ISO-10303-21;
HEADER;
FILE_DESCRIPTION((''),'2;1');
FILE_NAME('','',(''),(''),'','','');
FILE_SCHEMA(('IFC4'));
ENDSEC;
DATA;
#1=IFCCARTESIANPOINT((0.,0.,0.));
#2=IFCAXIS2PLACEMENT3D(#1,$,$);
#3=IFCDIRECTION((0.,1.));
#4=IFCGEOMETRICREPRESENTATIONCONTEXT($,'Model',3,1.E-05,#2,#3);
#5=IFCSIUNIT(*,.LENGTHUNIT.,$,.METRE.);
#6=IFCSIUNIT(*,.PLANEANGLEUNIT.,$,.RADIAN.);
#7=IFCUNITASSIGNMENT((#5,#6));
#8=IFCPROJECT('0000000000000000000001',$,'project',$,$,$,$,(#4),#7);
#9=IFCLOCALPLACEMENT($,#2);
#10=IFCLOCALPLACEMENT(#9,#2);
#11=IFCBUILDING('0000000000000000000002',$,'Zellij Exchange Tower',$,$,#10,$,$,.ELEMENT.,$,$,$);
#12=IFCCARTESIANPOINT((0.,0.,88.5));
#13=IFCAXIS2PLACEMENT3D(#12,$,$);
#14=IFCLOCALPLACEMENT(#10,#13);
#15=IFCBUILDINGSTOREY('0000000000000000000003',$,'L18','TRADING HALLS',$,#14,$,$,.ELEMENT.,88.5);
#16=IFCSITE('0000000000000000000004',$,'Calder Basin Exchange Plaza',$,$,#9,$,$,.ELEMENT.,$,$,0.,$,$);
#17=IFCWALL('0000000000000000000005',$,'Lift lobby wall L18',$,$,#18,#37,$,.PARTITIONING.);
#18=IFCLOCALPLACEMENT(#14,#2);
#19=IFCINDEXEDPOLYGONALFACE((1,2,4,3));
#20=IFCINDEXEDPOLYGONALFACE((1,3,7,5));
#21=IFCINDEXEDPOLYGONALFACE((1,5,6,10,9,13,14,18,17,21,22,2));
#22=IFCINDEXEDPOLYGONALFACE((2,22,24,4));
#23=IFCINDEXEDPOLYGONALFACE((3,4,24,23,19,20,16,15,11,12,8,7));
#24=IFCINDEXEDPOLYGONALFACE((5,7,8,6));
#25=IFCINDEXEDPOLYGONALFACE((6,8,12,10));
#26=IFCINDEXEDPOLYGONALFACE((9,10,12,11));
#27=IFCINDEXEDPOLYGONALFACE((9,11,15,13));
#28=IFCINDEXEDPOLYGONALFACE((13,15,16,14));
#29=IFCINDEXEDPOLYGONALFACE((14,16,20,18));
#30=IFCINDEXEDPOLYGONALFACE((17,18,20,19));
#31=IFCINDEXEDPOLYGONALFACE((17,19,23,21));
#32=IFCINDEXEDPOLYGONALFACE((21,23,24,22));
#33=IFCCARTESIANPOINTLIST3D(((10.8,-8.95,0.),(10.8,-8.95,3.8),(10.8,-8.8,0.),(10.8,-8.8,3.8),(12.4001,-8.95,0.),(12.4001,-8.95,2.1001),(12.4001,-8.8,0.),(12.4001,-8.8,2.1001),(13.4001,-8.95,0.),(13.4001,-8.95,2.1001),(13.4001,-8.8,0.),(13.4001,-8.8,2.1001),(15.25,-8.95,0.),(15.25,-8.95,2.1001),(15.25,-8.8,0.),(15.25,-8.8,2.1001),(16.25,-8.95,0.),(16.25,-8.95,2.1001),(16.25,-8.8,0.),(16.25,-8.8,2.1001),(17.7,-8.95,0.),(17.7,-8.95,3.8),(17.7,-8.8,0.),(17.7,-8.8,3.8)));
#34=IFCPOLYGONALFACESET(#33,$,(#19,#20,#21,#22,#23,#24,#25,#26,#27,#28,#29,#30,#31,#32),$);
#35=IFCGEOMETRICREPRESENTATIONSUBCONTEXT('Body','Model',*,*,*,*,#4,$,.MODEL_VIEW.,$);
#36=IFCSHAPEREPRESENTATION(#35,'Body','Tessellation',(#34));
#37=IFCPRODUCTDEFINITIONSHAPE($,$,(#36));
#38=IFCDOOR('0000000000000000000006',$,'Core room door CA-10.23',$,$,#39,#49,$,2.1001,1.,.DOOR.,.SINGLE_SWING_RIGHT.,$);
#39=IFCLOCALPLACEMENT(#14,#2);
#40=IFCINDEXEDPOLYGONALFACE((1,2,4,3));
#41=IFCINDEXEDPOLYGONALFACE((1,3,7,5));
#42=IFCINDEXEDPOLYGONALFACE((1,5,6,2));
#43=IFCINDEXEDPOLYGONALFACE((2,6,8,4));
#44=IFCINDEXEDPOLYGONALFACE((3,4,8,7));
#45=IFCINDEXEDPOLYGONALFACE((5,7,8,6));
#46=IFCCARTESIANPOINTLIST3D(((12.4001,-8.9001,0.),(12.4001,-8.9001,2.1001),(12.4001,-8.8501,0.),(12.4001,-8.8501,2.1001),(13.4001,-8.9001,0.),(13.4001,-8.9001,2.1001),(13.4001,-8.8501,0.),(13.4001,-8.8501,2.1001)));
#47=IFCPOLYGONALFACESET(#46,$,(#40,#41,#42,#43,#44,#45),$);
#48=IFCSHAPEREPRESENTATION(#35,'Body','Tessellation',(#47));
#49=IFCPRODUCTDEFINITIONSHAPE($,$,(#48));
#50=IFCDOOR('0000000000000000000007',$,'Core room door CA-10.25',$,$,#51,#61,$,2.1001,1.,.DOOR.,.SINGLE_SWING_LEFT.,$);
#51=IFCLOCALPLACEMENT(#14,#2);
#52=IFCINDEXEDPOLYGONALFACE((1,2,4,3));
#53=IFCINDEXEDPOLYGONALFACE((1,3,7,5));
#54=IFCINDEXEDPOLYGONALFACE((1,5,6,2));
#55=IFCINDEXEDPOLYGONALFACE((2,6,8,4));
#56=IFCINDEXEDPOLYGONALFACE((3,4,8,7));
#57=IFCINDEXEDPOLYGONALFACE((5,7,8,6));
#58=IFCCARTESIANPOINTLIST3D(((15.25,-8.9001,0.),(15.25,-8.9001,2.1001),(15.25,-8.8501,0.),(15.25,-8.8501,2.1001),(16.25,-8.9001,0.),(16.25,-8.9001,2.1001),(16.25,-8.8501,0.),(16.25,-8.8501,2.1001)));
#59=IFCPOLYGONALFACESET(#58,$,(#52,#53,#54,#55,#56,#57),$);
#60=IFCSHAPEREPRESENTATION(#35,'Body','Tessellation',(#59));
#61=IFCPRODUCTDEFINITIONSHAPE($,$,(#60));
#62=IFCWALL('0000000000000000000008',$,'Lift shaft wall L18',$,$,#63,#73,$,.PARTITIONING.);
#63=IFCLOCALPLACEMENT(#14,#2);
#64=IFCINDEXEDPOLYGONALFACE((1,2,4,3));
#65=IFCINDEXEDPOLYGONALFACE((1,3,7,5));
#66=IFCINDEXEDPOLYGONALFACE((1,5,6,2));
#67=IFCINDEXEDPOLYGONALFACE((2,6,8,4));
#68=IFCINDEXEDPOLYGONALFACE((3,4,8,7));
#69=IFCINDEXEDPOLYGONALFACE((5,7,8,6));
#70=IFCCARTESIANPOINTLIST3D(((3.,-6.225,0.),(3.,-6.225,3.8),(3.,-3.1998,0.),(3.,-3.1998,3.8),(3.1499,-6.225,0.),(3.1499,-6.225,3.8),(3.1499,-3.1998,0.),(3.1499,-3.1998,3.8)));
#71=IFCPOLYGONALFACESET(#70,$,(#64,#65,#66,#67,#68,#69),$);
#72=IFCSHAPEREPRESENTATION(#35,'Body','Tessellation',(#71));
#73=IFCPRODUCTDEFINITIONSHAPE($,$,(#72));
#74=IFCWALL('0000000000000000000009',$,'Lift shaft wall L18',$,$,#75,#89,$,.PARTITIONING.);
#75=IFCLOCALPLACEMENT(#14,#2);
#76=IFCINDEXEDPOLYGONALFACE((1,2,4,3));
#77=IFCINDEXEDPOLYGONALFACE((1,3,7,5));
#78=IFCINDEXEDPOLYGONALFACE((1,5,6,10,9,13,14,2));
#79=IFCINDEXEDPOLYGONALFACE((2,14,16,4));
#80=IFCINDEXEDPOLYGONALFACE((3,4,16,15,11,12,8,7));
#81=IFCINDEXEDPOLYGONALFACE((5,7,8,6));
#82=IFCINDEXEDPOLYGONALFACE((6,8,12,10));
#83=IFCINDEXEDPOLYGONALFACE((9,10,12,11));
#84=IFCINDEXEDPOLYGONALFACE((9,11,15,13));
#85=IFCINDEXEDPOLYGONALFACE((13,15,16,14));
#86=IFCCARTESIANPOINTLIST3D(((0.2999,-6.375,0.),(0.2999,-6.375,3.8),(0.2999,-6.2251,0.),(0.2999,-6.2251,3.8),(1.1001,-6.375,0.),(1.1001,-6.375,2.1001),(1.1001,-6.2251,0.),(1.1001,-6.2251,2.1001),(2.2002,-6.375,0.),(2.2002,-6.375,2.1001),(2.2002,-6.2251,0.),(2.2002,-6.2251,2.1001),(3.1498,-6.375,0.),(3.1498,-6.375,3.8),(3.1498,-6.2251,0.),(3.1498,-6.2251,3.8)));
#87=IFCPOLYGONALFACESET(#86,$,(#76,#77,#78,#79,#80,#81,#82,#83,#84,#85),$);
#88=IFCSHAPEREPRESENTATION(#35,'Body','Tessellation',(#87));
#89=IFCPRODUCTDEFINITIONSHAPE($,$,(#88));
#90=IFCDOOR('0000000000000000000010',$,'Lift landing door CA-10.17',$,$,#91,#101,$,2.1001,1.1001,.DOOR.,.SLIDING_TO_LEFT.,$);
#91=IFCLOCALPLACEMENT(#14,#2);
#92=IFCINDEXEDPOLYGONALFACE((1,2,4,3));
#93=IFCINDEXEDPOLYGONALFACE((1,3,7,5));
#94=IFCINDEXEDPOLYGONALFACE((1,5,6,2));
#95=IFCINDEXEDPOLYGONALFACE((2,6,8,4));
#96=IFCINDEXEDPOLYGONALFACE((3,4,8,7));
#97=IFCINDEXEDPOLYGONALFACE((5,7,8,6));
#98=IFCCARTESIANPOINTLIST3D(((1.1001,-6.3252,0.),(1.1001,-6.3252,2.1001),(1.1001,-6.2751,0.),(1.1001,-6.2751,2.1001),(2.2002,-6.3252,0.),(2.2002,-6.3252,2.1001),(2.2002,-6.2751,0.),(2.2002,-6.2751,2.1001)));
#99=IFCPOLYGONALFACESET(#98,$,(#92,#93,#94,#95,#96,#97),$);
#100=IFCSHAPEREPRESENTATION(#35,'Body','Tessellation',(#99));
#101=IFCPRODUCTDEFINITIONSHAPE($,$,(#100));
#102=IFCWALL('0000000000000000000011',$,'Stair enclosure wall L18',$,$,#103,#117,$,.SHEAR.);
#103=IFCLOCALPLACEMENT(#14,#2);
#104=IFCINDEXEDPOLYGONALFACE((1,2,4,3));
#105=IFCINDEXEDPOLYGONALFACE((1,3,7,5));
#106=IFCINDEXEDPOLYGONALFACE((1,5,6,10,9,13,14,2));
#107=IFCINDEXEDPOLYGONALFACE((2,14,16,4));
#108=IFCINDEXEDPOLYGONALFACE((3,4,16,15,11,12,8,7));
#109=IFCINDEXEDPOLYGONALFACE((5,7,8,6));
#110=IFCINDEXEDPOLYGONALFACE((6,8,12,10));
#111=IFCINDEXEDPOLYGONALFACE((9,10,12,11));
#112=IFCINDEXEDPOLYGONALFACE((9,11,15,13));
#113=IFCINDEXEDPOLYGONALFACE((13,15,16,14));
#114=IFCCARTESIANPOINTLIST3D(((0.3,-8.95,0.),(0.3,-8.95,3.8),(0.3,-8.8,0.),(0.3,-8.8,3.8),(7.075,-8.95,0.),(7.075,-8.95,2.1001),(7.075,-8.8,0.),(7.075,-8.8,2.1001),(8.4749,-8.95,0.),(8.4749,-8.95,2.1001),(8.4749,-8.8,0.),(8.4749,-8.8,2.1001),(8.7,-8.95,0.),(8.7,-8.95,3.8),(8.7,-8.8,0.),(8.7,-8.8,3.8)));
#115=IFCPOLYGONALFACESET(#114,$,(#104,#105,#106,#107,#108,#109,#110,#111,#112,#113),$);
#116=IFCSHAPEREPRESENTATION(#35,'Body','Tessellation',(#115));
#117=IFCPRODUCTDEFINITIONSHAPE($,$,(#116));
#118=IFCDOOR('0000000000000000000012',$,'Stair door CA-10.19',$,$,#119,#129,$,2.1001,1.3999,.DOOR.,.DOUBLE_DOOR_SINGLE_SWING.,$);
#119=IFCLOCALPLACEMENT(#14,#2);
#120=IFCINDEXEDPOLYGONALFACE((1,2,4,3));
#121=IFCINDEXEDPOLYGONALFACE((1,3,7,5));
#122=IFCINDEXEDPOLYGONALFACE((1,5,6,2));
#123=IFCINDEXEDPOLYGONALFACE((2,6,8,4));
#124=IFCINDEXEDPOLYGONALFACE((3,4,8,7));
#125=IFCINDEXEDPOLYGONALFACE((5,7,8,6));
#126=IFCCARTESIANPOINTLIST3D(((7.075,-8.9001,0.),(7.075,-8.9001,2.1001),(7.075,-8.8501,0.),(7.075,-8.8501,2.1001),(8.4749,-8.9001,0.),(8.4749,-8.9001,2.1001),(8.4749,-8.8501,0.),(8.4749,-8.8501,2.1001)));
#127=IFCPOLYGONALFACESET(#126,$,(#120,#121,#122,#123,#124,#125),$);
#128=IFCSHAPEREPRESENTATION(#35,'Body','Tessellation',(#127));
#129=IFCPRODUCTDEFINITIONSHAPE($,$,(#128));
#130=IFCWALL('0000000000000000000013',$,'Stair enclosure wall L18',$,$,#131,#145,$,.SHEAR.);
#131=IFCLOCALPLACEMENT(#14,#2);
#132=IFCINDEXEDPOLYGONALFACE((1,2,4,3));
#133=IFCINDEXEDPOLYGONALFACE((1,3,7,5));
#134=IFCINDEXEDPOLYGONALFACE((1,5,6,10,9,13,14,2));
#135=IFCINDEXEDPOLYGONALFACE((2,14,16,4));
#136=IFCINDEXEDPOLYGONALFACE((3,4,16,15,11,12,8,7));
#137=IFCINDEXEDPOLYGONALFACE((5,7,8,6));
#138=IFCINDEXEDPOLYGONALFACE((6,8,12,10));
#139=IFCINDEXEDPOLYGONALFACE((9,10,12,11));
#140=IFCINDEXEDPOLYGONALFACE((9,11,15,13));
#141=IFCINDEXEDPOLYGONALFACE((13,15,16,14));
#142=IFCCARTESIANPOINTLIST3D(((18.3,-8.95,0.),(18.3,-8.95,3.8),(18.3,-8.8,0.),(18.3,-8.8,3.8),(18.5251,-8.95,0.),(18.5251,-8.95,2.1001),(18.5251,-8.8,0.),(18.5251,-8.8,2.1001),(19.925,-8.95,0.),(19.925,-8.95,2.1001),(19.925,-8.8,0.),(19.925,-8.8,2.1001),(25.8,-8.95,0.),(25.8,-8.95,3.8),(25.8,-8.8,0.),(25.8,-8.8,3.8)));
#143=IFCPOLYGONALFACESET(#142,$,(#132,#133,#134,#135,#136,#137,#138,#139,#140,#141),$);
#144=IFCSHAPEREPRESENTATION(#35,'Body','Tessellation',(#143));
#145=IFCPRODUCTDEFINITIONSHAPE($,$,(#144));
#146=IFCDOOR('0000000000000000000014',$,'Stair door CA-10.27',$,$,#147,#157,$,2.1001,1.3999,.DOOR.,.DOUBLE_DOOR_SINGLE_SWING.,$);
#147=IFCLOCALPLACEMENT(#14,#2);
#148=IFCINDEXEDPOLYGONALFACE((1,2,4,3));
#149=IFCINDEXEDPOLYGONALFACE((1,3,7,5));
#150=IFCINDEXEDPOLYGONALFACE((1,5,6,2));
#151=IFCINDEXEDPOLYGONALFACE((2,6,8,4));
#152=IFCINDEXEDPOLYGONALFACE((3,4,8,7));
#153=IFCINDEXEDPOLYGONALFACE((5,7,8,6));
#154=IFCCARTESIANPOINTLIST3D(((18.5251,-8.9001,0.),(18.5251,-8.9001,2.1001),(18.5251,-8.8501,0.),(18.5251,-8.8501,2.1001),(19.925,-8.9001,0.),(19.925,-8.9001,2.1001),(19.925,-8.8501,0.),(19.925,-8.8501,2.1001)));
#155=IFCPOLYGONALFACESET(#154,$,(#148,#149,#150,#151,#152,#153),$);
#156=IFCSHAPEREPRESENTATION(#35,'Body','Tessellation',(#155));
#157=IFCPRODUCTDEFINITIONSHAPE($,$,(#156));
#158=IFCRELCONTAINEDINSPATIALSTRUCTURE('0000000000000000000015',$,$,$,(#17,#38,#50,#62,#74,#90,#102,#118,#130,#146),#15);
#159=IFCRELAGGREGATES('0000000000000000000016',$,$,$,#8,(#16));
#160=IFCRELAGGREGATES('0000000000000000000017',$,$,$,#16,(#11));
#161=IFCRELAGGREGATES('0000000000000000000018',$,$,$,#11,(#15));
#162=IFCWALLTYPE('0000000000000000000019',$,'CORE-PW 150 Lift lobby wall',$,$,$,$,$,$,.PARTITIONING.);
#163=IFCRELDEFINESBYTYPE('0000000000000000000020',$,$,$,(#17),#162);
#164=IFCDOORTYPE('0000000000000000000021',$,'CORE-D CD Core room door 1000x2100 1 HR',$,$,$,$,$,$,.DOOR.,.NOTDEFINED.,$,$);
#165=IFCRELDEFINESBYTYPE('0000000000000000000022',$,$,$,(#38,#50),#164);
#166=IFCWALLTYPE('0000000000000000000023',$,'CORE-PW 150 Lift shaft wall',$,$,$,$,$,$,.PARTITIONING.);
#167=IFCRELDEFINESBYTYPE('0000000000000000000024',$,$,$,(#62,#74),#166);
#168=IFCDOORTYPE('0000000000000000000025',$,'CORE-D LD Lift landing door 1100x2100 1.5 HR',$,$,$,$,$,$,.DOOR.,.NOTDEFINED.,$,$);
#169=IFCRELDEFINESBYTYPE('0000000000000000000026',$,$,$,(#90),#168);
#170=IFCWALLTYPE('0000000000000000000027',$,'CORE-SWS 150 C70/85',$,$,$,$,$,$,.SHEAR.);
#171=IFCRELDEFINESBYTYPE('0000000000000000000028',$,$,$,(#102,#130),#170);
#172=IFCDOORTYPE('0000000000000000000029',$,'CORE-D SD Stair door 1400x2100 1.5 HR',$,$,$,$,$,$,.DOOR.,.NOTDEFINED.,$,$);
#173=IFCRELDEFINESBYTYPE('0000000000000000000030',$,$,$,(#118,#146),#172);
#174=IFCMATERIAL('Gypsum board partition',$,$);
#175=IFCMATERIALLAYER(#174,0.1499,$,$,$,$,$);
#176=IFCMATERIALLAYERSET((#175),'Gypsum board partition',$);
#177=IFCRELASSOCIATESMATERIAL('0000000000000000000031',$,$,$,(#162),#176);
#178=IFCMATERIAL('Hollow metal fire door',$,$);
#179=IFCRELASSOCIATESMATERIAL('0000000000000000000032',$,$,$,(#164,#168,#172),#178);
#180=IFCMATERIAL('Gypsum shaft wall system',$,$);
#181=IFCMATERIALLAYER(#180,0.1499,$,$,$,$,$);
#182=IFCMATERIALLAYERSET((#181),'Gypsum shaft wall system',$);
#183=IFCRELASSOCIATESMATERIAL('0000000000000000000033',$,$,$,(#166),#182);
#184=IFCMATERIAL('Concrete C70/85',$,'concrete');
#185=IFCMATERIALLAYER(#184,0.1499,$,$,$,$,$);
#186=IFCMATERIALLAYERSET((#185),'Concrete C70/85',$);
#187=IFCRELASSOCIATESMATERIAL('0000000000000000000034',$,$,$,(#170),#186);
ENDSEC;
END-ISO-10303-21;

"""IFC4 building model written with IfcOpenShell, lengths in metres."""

from ifc_helpers import new_model, si_unit, direction, frame, frame_2d, origin, place, context, subcontext, project, spatial, rectangle, extrude, material, layer, layer_set, type_object, element, fill, save


model = new_model("IFC4")

# Units and contexts
model_context = context("Model", 3, precision=1e-05, world=origin(), true_north=direction((0.0, 1.0)))
body_context = subcontext(model_context, "Body", "Model", "MODEL_VIEW")
ifc_project = project(units=[si_unit("LENGTHUNIT", "METRE"), si_unit("PLANEANGLEUNIT", "RADIAN")], contexts=[model_context])

# Site, building, storey
site_placement = place(None, origin())
site = spatial("IfcSite", under=ifc_project, at=site_placement, Name="Calder Basin Exchange Plaza", CompositionType="ELEMENT", RefElevation=0.0)
building_placement = place(site_placement, origin())
building = spatial("IfcBuilding", under=site, at=building_placement, Name="Zellij Exchange Tower", CompositionType="ELEMENT")
storey_placement = place(building_placement, frame((0.0, 0.0, 88.5)))
storey = spatial("IfcBuildingStorey", under=building, at=storey_placement, Name="L18", Description="TRADING HALLS", CompositionType="ELEMENT", Elevation=88.5)

# Shared definitions
ifc_material_1 = material(Name="Concrete C70/85", Category="concrete")

# Shared definitions
ifc_material_2 = material(Name="Gypsum shaft wall system")
ifc_material_3 = material(Name="Hollow metal fire door")

# Shared definitions
ifc_material_4 = material(Name="Gypsum board partition")
ifc_layer_1 = layer(ifc_material_4, 0.1499)
ifc_layer_set_1 = layer_set([ifc_layer_1], Name="Gypsum board partition")
wall_type_1 = type_object("IfcWallType", Name="CORE-PW 150 Lift lobby wall", PredefinedType="PARTITIONING", material=ifc_layer_set_1)

# Wall, openings, doors
door_type_1 = type_object("IfcDoorType", Name="CORE-D CD Core room door 1000x2100 1 HR", OperationType="NOTDEFINED", PredefinedType="DOOR", material=ifc_material_3)
wall_1_placement = place(storey_placement, frame((10.8, -8.875, 0.0), z_axis=(0.0, 0.0, 1.0), x_axis=(1.0, 0.0, 0.0)))
wall_1 = element("IfcWall", 1, at=wall_1_placement, inside=storey, type_object=wall_type_1, Name="Lift lobby wall L18", PredefinedType="PARTITIONING", context=body_context, shape_type="SweptSolid", body=[
    extrude(rectangle(XDim=6.8999, YDim=0.1499, at=frame_2d((3.45, 0.0))), origin(), (0.0, 0.0, 1.0), 3.8),
])
opening_1_placement = place(wall_1_placement, frame((1.6001, 0.0, 0.0)))
opening_1 = element("IfcOpeningElement", 2, at=opening_1_placement, cuts=wall_1, PredefinedType="OPENING", context=body_context, shape_type="SweptSolid", body=[
    extrude(rectangle(XDim=1.0, YDim=2.1001, at=frame_2d((0.5, 1.05))), frame((0.0, 0.0869, 0.0), z_axis=(0.0, -1.0, 0.0), x_axis=(1.0, 0.0, 0.0)), (0.0, 0.0, 1.0), 0.1738),
])
opening_2_placement = place(wall_1_placement, frame((4.45, 0.0, 0.0)))
opening_2 = element("IfcOpeningElement", 3, at=opening_2_placement, cuts=wall_1, PredefinedType="OPENING", context=body_context, shape_type="SweptSolid", body=[
    extrude(rectangle(XDim=1.0, YDim=2.1001, at=frame_2d((0.5, 1.05))), frame((0.0, 0.0869, 0.0), z_axis=(0.0, -1.0, 0.0), x_axis=(1.0, 0.0, 0.0)), (0.0, 0.0, 1.0), 0.1738),
])
door_1_placement = place(opening_1_placement, origin())
door_1 = element("IfcDoor", 4, at=door_1_placement, inside=storey, type_object=door_type_1, Name="Core room door CA-10.23", OperationType="SINGLE_SWING_RIGHT", OverallHeight=2.1001, OverallWidth=1.0, PredefinedType="DOOR", context=body_context, shape_type="SweptSolid", body=[
    extrude(rectangle(XDim=1.0, YDim=2.1001, at=frame_2d((0.5, 1.05))), frame((0.0, 0.0249, 0.0), z_axis=(0.0, -1.0, 0.0), x_axis=(1.0, 0.0, 0.0)), (0.0, 0.0, 1.0), 0.05),
])
fill(opening_1, door_1)
door_2_placement = place(opening_2_placement, origin())
door_2 = element("IfcDoor", 5, at=door_2_placement, inside=storey, type_object=door_type_1, Name="Core room door CA-10.25", OperationType="SINGLE_SWING_LEFT", OverallHeight=2.1001, OverallWidth=1.0, PredefinedType="DOOR", context=body_context, shape_type="SweptSolid", body=[
    extrude(rectangle(XDim=1.0, YDim=2.1001, at=frame_2d((0.5, 1.05))), frame((0.0, 0.0249, 0.0), z_axis=(0.0, -1.0, 0.0), x_axis=(1.0, 0.0, 0.0)), (0.0, 0.0, 1.0), 0.05),
])
fill(opening_2, door_2)

# Wall
ifc_layer_2 = layer(ifc_material_2, 0.1499)
ifc_layer_set_2 = layer_set([ifc_layer_2], Name="Gypsum shaft wall system")
wall_type_2 = type_object("IfcWallType", Name="CORE-PW 150 Lift shaft wall", PredefinedType="PARTITIONING", material=ifc_layer_set_2)
wall_2_placement = place(storey_placement, frame((3.075, -6.2251, 0.0), z_axis=(0.0, 0.0, 1.0), x_axis=(0.0, 1.0, 0.0)))
element("IfcWall", 6, at=wall_2_placement, inside=storey, type_object=wall_type_2, Name="Lift shaft wall L18", PredefinedType="PARTITIONING", context=body_context, shape_type="SweptSolid", body=[
    extrude(rectangle(XDim=3.0251, YDim=0.1499, at=frame_2d((1.5127, 0.0))), origin(), (0.0, 0.0, 1.0), 3.8),
])

# Walls, openings, doors
wall_3_placement = place(storey_placement, frame((0.3, -6.3, 0.0), z_axis=(0.0, 0.0, 1.0), x_axis=(1.0, 0.0, 0.0)))
wall_3 = element("IfcWall", 7, at=wall_3_placement, inside=storey, type_object=wall_type_2, Name="Lift shaft wall L18", PredefinedType="PARTITIONING", context=body_context, shape_type="SweptSolid", body=[
    extrude(rectangle(XDim=2.8499, YDim=0.1499, at=frame_2d((1.4248, 0.0))), origin(), (0.0, 0.0, 1.0), 3.8),
])
opening_3_placement = place(wall_3_placement, frame((0.8, 0.0, 0.0)))
opening_3 = element("IfcOpeningElement", 8, at=opening_3_placement, cuts=wall_3, PredefinedType="OPENING", context=body_context, shape_type="SweptSolid", body=[
    extrude(rectangle(XDim=1.1001, YDim=2.1001, at=frame_2d((0.55, 1.05))), frame((0.0, 0.0869, 0.0), z_axis=(0.0, -1.0, 0.0), x_axis=(1.0, 0.0, 0.0)), (0.0, 0.0, 1.0), 0.1738),
])
door_type_2 = type_object("IfcDoorType", Name="CORE-D LD Lift landing door 1100x2100 1.5 HR", OperationType="NOTDEFINED", PredefinedType="DOOR", material=ifc_material_3)
door_3_placement = place(opening_3_placement, origin())
door_3 = element("IfcDoor", 9, at=door_3_placement, inside=storey, type_object=door_type_2, Name="Lift landing door CA-10.17", OperationType="SLIDING_TO_LEFT", OverallHeight=2.1001, OverallWidth=1.1001, PredefinedType="DOOR", context=body_context, shape_type="SweptSolid", body=[
    extrude(rectangle(XDim=1.1001, YDim=2.1001, at=frame_2d((0.55, 1.05))), frame((0.0, 0.0249, 0.0), z_axis=(0.0, -1.0, 0.0), x_axis=(1.0, 0.0, 0.0)), (0.0, 0.0, 1.0), 0.05),
])
fill(opening_3, door_3)
ifc_layer_3 = layer(ifc_material_1, 0.1499)
ifc_layer_set_3 = layer_set([ifc_layer_3], Name="Concrete C70/85")
wall_type_3 = type_object("IfcWallType", Name="CORE-SWS 150 C70/85", PredefinedType="SHEAR", material=ifc_layer_set_3)
wall_4_placement = place(storey_placement, frame((0.3, -8.875, 0.0), z_axis=(0.0, 0.0, 1.0), x_axis=(1.0, 0.0, 0.0)))
wall_4 = element("IfcWall", 10, at=wall_4_placement, inside=storey, type_object=wall_type_3, Name="Stair enclosure wall L18", PredefinedType="SHEAR", context=body_context, shape_type="SweptSolid", body=[
    extrude(rectangle(XDim=8.3999, YDim=0.1499, at=frame_2d((4.2, 0.0))), origin(), (0.0, 0.0, 1.0), 3.8),
])
opening_4_placement = place(wall_4_placement, frame((6.7749, 0.0, 0.0)))
opening_4 = element("IfcOpeningElement", 11, at=opening_4_placement, cuts=wall_4, PredefinedType="OPENING", context=body_context, shape_type="SweptSolid", body=[
    extrude(rectangle(XDim=1.3999, YDim=2.1001, at=frame_2d((0.7, 1.05))), frame((0.0, 0.0869, 0.0), z_axis=(0.0, -1.0, 0.0), x_axis=(1.0, 0.0, 0.0)), (0.0, 0.0, 1.0), 0.1738),
])
door_type_3 = type_object("IfcDoorType", Name="CORE-D SD Stair door 1400x2100 1.5 HR", OperationType="NOTDEFINED", PredefinedType="DOOR", material=ifc_material_3)
door_4_placement = place(opening_4_placement, origin())
door_4 = element("IfcDoor", 12, at=door_4_placement, inside=storey, type_object=door_type_3, Name="Stair door CA-10.19", OperationType="DOUBLE_DOOR_SINGLE_SWING", OverallHeight=2.1001, OverallWidth=1.3999, PredefinedType="DOOR", context=body_context, shape_type="SweptSolid", body=[
    extrude(rectangle(XDim=1.3999, YDim=2.1001, at=frame_2d((0.7, 1.05))), frame((0.0, 0.0249, 0.0), z_axis=(0.0, -1.0, 0.0), x_axis=(1.0, 0.0, 0.0)), (0.0, 0.0, 1.0), 0.05),
])
fill(opening_4, door_4)
wall_5_placement = place(storey_placement, frame((18.3, -8.875, 0.0), z_axis=(0.0, 0.0, 1.0), x_axis=(1.0, 0.0, 0.0)))
wall_5 = element("IfcWall", 13, at=wall_5_placement, inside=storey, type_object=wall_type_3, Name="Stair enclosure wall L18", PredefinedType="SHEAR", context=body_context, shape_type="SweptSolid", body=[
    extrude(rectangle(XDim=7.5, YDim=0.1499, at=frame_2d((3.75, 0.0))), origin(), (0.0, 0.0, 1.0), 3.8),
])
opening_5_placement = place(wall_5_placement, frame((0.2251, 0.0, 0.0)))
opening_5 = element("IfcOpeningElement", 14, at=opening_5_placement, cuts=wall_5, PredefinedType="OPENING", context=body_context, shape_type="SweptSolid", body=[
    extrude(rectangle(XDim=1.3999, YDim=2.1001, at=frame_2d((0.7, 1.05))), frame((0.0, 0.0869, 0.0), z_axis=(0.0, -1.0, 0.0), x_axis=(1.0, 0.0, 0.0)), (0.0, 0.0, 1.0), 0.1738),
])
door_5_placement = place(opening_5_placement, origin())
door_5 = element("IfcDoor", 15, at=door_5_placement, inside=storey, type_object=door_type_3, Name="Stair door CA-10.27", OperationType="DOUBLE_DOOR_SINGLE_SWING", OverallHeight=2.1001, OverallWidth=1.3999, PredefinedType="DOOR", context=body_context, shape_type="SweptSolid", body=[
    extrude(rectangle(XDim=1.3999, YDim=2.1001, at=frame_2d((0.7, 1.05))), frame((0.0, 0.0249, 0.0), z_axis=(0.0, -1.0, 0.0), x_axis=(1.0, 0.0, 0.0)), (0.0, 0.0, 1.0), 0.05),
])
fill(opening_5, door_5)

save(model, "model.ifc")
